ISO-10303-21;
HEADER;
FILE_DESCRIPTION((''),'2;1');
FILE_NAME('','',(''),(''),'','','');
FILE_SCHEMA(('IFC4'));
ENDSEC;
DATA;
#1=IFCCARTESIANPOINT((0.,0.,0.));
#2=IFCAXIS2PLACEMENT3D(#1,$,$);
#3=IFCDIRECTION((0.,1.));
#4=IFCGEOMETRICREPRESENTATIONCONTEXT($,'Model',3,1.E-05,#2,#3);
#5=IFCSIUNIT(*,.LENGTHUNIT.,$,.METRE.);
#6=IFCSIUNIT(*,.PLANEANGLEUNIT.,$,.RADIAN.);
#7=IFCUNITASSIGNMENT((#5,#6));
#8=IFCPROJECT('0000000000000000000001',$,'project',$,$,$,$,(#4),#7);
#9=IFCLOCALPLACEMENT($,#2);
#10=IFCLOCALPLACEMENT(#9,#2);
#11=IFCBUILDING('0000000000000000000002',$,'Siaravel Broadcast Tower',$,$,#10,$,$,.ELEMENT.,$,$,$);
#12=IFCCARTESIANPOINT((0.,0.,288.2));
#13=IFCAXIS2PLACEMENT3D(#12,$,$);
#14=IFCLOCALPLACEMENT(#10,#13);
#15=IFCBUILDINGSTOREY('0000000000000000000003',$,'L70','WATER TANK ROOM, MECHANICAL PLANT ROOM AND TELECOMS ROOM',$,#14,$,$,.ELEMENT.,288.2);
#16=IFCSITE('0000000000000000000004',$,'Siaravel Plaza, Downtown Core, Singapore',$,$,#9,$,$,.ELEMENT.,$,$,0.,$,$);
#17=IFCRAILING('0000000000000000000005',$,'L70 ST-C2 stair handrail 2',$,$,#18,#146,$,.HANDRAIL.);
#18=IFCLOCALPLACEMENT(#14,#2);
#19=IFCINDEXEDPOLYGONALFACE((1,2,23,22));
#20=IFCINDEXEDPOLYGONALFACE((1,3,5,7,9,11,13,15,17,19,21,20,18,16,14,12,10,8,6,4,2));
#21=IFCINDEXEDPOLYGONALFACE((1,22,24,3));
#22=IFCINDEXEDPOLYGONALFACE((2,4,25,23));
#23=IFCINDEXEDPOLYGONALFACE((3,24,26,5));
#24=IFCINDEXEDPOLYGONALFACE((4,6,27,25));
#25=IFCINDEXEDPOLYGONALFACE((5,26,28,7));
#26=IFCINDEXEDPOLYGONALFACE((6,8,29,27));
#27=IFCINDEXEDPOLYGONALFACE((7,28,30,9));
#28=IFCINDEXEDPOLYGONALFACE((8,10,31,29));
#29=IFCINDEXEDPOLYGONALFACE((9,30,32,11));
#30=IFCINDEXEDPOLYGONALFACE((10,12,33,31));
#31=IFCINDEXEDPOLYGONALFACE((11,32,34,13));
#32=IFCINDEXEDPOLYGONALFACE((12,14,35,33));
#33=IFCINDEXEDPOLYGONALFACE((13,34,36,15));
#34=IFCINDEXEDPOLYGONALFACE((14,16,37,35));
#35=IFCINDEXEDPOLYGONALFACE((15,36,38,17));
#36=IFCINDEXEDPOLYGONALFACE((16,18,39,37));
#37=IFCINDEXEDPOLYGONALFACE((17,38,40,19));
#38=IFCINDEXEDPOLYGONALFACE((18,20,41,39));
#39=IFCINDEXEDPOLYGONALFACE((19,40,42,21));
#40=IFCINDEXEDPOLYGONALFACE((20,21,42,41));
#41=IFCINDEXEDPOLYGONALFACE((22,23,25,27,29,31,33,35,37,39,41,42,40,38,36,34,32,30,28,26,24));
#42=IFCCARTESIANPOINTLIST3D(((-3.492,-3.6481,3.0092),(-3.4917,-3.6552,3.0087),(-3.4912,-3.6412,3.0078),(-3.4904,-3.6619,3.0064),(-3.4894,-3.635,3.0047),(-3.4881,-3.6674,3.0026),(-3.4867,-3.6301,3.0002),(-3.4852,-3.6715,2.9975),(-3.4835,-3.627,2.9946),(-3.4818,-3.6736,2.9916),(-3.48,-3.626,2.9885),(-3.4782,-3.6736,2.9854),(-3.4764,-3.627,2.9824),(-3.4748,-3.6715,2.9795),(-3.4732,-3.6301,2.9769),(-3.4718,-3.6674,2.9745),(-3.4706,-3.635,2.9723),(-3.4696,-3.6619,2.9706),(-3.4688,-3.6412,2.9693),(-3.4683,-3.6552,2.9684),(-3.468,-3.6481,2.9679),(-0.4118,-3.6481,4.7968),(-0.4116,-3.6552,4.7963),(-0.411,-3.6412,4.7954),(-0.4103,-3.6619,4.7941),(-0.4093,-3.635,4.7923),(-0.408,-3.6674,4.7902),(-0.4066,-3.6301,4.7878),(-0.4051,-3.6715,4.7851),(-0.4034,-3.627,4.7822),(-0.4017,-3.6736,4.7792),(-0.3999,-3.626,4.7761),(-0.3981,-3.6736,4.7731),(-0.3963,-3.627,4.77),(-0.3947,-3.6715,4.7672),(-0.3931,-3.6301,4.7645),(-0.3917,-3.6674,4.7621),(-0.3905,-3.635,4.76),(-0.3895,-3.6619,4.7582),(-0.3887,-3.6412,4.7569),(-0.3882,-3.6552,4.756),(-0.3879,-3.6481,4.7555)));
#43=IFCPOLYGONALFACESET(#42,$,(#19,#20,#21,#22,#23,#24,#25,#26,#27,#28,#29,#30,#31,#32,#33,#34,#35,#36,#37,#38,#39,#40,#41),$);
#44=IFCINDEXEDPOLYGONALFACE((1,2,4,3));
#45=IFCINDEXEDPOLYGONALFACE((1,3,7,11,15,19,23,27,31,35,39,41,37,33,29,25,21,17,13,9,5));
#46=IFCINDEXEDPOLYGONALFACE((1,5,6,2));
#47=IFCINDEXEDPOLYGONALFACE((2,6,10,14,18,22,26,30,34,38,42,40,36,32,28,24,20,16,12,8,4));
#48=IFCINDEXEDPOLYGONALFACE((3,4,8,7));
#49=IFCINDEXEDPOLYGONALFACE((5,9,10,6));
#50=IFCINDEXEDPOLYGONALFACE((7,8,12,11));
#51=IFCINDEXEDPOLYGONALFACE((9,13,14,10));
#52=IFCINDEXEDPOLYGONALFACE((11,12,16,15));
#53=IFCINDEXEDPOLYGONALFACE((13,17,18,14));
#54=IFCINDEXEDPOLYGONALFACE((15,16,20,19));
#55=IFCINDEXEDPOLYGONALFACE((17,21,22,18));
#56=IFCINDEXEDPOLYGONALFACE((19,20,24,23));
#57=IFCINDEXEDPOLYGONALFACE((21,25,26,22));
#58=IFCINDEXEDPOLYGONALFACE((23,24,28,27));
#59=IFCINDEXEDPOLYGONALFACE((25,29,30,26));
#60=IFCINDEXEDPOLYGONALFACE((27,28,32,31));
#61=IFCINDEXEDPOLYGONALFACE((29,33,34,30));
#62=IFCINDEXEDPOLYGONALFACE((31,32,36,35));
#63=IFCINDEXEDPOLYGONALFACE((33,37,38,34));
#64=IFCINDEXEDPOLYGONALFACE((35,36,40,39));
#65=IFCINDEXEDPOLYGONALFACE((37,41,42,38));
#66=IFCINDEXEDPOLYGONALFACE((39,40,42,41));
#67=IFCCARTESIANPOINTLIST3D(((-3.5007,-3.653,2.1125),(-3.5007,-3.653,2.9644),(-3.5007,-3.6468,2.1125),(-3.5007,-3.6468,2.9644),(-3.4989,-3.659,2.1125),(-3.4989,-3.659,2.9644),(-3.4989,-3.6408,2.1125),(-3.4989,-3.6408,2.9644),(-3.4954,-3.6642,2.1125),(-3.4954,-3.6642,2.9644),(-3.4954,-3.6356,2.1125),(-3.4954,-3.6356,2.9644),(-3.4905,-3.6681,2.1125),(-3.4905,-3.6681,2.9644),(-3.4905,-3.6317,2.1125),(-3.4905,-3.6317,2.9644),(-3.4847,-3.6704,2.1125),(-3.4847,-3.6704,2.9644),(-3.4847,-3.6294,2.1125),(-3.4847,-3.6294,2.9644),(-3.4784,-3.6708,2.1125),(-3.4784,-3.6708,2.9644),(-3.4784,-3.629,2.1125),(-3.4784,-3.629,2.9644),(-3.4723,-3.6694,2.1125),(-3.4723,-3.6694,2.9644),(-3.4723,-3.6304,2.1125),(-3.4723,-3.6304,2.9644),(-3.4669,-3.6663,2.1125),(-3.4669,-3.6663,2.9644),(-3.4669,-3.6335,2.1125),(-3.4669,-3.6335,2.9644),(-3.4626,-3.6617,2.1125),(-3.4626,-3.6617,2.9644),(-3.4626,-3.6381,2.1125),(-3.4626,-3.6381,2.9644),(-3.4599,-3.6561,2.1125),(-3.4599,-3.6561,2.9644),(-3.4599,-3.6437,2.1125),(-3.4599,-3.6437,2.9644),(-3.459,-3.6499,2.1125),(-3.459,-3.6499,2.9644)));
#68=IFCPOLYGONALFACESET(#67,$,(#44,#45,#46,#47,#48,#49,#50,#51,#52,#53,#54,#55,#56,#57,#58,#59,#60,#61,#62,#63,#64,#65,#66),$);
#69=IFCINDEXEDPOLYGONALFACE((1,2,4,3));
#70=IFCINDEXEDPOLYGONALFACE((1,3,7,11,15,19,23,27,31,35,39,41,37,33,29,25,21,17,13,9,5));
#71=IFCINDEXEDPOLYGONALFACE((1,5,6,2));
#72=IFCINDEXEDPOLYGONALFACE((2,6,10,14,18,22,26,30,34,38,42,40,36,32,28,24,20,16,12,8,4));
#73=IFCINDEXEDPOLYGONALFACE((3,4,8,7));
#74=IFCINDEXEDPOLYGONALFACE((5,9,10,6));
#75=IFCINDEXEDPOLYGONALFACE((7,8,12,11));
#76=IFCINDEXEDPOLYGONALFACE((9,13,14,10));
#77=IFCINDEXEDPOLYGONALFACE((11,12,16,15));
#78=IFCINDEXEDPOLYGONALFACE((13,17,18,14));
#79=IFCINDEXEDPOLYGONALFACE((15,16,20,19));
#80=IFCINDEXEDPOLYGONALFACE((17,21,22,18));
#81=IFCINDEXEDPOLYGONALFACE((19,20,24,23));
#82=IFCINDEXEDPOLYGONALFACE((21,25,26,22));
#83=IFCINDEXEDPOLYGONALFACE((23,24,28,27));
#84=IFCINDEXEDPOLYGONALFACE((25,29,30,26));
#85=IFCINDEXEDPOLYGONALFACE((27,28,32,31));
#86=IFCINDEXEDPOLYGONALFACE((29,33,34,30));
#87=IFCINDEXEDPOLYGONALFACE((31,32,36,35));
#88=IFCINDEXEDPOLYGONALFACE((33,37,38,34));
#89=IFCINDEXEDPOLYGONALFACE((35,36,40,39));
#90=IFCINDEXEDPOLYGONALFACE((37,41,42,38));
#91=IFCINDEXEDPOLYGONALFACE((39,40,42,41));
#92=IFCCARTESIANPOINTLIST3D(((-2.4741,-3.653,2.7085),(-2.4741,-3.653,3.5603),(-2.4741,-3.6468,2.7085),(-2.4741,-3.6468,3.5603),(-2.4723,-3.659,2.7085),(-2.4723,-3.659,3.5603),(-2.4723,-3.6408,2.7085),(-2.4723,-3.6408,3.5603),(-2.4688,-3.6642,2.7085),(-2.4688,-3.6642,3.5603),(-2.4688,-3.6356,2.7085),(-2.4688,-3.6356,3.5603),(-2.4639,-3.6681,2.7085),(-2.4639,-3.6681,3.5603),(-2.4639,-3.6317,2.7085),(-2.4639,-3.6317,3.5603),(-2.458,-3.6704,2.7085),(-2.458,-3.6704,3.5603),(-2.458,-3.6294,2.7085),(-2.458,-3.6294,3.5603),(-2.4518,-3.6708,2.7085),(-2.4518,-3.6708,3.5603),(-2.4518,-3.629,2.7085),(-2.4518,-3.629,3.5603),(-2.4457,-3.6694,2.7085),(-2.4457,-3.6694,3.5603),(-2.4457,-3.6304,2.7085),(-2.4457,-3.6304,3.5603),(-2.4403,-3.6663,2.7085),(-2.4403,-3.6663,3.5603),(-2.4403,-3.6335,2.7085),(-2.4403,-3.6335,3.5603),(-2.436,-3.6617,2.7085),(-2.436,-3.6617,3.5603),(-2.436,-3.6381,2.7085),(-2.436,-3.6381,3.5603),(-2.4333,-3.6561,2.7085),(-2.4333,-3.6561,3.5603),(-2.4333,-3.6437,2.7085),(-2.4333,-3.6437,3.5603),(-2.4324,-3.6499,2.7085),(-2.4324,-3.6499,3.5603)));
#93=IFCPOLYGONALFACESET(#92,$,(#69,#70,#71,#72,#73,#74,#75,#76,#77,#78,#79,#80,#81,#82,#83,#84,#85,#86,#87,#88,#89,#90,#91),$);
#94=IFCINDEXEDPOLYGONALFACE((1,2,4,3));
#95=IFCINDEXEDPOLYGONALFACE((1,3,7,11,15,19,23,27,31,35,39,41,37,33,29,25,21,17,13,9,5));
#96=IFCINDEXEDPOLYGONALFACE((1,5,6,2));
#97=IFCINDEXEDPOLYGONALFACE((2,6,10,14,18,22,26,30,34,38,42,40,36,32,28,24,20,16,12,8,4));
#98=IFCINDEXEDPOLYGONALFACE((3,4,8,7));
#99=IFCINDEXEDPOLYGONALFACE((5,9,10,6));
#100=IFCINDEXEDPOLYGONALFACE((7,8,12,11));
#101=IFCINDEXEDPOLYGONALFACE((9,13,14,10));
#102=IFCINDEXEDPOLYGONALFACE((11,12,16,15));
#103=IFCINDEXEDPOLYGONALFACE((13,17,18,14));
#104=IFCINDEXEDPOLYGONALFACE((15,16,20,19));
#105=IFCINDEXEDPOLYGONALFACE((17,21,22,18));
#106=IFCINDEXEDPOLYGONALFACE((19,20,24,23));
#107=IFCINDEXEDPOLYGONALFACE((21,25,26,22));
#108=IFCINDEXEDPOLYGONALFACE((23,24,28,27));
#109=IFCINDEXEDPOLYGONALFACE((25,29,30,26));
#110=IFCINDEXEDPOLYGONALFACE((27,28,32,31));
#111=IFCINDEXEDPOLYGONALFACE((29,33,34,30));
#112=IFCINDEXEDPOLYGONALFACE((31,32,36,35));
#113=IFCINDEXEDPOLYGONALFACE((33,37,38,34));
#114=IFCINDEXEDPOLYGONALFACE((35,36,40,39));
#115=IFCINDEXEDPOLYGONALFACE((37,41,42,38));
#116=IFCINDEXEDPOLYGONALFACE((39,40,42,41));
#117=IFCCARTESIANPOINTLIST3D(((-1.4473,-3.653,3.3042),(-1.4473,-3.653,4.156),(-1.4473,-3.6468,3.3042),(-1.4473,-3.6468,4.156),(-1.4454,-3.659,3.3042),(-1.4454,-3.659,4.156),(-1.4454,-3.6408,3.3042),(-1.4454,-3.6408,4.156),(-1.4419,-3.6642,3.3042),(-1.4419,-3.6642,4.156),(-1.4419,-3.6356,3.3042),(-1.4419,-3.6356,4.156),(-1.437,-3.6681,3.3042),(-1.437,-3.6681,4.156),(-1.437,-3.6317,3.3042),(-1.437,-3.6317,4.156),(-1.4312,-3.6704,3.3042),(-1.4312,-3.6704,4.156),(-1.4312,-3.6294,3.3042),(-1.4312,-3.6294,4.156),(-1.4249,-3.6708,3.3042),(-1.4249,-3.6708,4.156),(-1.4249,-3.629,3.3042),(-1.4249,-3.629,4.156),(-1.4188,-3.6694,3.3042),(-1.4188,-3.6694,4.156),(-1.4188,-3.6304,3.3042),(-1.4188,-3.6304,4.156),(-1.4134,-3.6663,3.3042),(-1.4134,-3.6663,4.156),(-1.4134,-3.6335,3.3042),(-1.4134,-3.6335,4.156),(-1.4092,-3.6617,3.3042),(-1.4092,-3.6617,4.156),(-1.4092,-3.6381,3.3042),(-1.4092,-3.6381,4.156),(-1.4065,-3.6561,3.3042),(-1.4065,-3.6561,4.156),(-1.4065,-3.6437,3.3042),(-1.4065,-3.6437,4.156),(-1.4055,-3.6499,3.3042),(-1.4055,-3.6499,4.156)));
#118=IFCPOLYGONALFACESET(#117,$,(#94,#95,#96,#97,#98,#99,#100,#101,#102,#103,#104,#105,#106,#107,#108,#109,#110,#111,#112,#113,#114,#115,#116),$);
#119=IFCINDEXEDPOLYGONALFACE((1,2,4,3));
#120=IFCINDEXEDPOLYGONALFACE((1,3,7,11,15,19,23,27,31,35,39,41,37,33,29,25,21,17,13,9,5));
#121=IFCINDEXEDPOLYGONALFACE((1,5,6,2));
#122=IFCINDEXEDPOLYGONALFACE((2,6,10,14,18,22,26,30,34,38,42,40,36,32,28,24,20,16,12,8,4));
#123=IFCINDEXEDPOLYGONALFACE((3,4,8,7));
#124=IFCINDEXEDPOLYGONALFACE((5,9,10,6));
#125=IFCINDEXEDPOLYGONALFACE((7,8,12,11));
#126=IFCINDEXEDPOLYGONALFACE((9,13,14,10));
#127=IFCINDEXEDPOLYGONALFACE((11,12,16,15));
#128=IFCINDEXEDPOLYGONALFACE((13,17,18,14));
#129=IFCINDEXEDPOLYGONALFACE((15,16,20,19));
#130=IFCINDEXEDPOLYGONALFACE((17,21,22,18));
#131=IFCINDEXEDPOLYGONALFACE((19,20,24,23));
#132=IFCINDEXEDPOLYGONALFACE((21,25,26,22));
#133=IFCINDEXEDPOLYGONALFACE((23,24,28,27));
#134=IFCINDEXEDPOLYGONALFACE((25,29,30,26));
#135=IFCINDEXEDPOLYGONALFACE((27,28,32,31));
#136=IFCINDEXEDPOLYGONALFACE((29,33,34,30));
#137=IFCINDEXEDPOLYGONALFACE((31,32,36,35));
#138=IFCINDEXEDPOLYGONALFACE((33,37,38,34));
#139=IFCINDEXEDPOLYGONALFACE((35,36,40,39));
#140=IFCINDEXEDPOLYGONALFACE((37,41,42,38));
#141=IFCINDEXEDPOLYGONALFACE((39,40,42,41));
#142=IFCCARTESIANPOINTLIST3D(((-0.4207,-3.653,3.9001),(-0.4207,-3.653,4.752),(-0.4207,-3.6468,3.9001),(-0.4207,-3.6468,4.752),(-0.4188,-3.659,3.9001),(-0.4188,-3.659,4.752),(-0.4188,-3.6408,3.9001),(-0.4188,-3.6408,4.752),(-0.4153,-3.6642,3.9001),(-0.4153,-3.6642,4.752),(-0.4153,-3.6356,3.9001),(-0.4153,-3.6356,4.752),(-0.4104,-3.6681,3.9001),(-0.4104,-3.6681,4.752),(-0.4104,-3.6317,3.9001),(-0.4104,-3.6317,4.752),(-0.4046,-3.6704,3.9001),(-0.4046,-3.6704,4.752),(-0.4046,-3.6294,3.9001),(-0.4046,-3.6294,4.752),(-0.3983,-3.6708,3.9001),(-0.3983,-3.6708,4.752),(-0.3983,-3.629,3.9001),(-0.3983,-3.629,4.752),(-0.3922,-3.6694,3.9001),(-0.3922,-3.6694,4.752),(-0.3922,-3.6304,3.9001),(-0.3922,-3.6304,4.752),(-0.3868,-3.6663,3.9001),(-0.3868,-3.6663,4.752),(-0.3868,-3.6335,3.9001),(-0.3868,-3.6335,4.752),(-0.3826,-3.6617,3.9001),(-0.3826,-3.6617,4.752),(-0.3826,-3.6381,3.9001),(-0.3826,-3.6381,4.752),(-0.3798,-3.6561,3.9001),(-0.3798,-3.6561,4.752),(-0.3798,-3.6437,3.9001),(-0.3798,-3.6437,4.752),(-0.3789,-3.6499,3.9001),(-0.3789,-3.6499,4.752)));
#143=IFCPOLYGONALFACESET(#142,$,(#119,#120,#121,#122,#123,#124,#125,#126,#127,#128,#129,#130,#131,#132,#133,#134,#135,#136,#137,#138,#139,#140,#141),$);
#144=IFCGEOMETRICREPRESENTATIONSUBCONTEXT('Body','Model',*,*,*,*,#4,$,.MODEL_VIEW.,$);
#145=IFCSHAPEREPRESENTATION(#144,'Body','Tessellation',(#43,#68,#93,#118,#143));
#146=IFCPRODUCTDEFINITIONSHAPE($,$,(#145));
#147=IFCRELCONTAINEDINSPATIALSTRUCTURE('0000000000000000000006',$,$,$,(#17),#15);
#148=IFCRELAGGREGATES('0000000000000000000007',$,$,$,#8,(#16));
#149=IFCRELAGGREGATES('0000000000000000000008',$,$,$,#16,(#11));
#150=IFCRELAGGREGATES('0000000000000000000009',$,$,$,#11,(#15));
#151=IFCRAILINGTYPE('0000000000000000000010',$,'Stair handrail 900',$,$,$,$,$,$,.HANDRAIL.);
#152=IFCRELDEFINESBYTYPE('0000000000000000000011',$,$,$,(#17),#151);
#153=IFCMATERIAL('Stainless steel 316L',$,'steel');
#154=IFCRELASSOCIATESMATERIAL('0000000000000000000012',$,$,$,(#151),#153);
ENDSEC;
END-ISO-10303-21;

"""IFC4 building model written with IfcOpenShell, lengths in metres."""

from ifc_helpers import new_model, si_unit, direction, frame, origin, origin_2d, place, context, subcontext, project, spatial, circle, extrude, material, type_object, element, save


model = new_model("IFC4")

# Units and contexts
model_context = context("Model", 3, precision=1e-05, world=origin(), true_north=direction((0.0, 1.0)))
body_context = subcontext(model_context, "Body", "Model", "MODEL_VIEW")
ifc_project = project(units=[si_unit("LENGTHUNIT", "METRE"), si_unit("PLANEANGLEUNIT", "RADIAN")], contexts=[model_context])

# Site, building, storey
site_placement = place(None, origin())
site = spatial("IfcSite", under=ifc_project, at=site_placement, Name="Siaravel Plaza, Downtown Core, Singapore", CompositionType="ELEMENT", RefElevation=0.0)
building_placement = place(site_placement, origin())
building = spatial("IfcBuilding", under=site, at=building_placement, Name="Siaravel Broadcast Tower", CompositionType="ELEMENT")
storey_placement = place(building_placement, frame((0.0, 0.0, 288.2)))
storey = spatial("IfcBuildingStorey", under=building, at=storey_placement, Name="L70", Description="WATER TANK ROOM, MECHANICAL PLANT ROOM AND TELECOMS ROOM", CompositionType="ELEMENT", Elevation=288.2)

# Shared definitions
ifc_material_1 = material(Name="Stainless steel 316L", Category="steel")

# Railing
railing_type_1 = type_object("IfcRailingType", Name="Stair handrail 900", PredefinedType="HANDRAIL", material=ifc_material_1)
railing_1_placement = place(storey_placement, frame((-3.48, -3.6499, 2.1125)))
element("IfcRailing", 1, at=railing_1_placement, inside=storey, type_object=railing_type_1, Name="L70 ST-C2 stair handrail 2", PredefinedType="HANDRAIL", context=body_context, shape_type="SweptSolid", body=[
    extrude(circle(Radius=0.0239, at=origin_2d()), frame((0.0, 0.0, 0.876), z_axis=(0.864891, 0.0, 0.50196), x_axis=(0.0, 1.0, 0.0)), (0.0, 0.0, 1.0), 3.5613),
    extrude(circle(Radius=0.021, at=origin_2d()), origin(), (0.0, 0.0, 1.0), 0.8518),
    extrude(circle(Radius=0.021, at=origin_2d()), frame((1.0266, 0.0, 0.5959)), (0.0, 0.0, 1.0), 0.8518),
    extrude(circle(Radius=0.021, at=origin_2d()), frame((2.0535, 0.0, 1.1917)), (0.0, 0.0, 1.0), 0.8518),
    extrude(circle(Radius=0.021, at=origin_2d()), frame((3.0801, 0.0, 1.7876)), (0.0, 0.0, 1.0), 0.8518),
])

save(model, "model.ifc")
